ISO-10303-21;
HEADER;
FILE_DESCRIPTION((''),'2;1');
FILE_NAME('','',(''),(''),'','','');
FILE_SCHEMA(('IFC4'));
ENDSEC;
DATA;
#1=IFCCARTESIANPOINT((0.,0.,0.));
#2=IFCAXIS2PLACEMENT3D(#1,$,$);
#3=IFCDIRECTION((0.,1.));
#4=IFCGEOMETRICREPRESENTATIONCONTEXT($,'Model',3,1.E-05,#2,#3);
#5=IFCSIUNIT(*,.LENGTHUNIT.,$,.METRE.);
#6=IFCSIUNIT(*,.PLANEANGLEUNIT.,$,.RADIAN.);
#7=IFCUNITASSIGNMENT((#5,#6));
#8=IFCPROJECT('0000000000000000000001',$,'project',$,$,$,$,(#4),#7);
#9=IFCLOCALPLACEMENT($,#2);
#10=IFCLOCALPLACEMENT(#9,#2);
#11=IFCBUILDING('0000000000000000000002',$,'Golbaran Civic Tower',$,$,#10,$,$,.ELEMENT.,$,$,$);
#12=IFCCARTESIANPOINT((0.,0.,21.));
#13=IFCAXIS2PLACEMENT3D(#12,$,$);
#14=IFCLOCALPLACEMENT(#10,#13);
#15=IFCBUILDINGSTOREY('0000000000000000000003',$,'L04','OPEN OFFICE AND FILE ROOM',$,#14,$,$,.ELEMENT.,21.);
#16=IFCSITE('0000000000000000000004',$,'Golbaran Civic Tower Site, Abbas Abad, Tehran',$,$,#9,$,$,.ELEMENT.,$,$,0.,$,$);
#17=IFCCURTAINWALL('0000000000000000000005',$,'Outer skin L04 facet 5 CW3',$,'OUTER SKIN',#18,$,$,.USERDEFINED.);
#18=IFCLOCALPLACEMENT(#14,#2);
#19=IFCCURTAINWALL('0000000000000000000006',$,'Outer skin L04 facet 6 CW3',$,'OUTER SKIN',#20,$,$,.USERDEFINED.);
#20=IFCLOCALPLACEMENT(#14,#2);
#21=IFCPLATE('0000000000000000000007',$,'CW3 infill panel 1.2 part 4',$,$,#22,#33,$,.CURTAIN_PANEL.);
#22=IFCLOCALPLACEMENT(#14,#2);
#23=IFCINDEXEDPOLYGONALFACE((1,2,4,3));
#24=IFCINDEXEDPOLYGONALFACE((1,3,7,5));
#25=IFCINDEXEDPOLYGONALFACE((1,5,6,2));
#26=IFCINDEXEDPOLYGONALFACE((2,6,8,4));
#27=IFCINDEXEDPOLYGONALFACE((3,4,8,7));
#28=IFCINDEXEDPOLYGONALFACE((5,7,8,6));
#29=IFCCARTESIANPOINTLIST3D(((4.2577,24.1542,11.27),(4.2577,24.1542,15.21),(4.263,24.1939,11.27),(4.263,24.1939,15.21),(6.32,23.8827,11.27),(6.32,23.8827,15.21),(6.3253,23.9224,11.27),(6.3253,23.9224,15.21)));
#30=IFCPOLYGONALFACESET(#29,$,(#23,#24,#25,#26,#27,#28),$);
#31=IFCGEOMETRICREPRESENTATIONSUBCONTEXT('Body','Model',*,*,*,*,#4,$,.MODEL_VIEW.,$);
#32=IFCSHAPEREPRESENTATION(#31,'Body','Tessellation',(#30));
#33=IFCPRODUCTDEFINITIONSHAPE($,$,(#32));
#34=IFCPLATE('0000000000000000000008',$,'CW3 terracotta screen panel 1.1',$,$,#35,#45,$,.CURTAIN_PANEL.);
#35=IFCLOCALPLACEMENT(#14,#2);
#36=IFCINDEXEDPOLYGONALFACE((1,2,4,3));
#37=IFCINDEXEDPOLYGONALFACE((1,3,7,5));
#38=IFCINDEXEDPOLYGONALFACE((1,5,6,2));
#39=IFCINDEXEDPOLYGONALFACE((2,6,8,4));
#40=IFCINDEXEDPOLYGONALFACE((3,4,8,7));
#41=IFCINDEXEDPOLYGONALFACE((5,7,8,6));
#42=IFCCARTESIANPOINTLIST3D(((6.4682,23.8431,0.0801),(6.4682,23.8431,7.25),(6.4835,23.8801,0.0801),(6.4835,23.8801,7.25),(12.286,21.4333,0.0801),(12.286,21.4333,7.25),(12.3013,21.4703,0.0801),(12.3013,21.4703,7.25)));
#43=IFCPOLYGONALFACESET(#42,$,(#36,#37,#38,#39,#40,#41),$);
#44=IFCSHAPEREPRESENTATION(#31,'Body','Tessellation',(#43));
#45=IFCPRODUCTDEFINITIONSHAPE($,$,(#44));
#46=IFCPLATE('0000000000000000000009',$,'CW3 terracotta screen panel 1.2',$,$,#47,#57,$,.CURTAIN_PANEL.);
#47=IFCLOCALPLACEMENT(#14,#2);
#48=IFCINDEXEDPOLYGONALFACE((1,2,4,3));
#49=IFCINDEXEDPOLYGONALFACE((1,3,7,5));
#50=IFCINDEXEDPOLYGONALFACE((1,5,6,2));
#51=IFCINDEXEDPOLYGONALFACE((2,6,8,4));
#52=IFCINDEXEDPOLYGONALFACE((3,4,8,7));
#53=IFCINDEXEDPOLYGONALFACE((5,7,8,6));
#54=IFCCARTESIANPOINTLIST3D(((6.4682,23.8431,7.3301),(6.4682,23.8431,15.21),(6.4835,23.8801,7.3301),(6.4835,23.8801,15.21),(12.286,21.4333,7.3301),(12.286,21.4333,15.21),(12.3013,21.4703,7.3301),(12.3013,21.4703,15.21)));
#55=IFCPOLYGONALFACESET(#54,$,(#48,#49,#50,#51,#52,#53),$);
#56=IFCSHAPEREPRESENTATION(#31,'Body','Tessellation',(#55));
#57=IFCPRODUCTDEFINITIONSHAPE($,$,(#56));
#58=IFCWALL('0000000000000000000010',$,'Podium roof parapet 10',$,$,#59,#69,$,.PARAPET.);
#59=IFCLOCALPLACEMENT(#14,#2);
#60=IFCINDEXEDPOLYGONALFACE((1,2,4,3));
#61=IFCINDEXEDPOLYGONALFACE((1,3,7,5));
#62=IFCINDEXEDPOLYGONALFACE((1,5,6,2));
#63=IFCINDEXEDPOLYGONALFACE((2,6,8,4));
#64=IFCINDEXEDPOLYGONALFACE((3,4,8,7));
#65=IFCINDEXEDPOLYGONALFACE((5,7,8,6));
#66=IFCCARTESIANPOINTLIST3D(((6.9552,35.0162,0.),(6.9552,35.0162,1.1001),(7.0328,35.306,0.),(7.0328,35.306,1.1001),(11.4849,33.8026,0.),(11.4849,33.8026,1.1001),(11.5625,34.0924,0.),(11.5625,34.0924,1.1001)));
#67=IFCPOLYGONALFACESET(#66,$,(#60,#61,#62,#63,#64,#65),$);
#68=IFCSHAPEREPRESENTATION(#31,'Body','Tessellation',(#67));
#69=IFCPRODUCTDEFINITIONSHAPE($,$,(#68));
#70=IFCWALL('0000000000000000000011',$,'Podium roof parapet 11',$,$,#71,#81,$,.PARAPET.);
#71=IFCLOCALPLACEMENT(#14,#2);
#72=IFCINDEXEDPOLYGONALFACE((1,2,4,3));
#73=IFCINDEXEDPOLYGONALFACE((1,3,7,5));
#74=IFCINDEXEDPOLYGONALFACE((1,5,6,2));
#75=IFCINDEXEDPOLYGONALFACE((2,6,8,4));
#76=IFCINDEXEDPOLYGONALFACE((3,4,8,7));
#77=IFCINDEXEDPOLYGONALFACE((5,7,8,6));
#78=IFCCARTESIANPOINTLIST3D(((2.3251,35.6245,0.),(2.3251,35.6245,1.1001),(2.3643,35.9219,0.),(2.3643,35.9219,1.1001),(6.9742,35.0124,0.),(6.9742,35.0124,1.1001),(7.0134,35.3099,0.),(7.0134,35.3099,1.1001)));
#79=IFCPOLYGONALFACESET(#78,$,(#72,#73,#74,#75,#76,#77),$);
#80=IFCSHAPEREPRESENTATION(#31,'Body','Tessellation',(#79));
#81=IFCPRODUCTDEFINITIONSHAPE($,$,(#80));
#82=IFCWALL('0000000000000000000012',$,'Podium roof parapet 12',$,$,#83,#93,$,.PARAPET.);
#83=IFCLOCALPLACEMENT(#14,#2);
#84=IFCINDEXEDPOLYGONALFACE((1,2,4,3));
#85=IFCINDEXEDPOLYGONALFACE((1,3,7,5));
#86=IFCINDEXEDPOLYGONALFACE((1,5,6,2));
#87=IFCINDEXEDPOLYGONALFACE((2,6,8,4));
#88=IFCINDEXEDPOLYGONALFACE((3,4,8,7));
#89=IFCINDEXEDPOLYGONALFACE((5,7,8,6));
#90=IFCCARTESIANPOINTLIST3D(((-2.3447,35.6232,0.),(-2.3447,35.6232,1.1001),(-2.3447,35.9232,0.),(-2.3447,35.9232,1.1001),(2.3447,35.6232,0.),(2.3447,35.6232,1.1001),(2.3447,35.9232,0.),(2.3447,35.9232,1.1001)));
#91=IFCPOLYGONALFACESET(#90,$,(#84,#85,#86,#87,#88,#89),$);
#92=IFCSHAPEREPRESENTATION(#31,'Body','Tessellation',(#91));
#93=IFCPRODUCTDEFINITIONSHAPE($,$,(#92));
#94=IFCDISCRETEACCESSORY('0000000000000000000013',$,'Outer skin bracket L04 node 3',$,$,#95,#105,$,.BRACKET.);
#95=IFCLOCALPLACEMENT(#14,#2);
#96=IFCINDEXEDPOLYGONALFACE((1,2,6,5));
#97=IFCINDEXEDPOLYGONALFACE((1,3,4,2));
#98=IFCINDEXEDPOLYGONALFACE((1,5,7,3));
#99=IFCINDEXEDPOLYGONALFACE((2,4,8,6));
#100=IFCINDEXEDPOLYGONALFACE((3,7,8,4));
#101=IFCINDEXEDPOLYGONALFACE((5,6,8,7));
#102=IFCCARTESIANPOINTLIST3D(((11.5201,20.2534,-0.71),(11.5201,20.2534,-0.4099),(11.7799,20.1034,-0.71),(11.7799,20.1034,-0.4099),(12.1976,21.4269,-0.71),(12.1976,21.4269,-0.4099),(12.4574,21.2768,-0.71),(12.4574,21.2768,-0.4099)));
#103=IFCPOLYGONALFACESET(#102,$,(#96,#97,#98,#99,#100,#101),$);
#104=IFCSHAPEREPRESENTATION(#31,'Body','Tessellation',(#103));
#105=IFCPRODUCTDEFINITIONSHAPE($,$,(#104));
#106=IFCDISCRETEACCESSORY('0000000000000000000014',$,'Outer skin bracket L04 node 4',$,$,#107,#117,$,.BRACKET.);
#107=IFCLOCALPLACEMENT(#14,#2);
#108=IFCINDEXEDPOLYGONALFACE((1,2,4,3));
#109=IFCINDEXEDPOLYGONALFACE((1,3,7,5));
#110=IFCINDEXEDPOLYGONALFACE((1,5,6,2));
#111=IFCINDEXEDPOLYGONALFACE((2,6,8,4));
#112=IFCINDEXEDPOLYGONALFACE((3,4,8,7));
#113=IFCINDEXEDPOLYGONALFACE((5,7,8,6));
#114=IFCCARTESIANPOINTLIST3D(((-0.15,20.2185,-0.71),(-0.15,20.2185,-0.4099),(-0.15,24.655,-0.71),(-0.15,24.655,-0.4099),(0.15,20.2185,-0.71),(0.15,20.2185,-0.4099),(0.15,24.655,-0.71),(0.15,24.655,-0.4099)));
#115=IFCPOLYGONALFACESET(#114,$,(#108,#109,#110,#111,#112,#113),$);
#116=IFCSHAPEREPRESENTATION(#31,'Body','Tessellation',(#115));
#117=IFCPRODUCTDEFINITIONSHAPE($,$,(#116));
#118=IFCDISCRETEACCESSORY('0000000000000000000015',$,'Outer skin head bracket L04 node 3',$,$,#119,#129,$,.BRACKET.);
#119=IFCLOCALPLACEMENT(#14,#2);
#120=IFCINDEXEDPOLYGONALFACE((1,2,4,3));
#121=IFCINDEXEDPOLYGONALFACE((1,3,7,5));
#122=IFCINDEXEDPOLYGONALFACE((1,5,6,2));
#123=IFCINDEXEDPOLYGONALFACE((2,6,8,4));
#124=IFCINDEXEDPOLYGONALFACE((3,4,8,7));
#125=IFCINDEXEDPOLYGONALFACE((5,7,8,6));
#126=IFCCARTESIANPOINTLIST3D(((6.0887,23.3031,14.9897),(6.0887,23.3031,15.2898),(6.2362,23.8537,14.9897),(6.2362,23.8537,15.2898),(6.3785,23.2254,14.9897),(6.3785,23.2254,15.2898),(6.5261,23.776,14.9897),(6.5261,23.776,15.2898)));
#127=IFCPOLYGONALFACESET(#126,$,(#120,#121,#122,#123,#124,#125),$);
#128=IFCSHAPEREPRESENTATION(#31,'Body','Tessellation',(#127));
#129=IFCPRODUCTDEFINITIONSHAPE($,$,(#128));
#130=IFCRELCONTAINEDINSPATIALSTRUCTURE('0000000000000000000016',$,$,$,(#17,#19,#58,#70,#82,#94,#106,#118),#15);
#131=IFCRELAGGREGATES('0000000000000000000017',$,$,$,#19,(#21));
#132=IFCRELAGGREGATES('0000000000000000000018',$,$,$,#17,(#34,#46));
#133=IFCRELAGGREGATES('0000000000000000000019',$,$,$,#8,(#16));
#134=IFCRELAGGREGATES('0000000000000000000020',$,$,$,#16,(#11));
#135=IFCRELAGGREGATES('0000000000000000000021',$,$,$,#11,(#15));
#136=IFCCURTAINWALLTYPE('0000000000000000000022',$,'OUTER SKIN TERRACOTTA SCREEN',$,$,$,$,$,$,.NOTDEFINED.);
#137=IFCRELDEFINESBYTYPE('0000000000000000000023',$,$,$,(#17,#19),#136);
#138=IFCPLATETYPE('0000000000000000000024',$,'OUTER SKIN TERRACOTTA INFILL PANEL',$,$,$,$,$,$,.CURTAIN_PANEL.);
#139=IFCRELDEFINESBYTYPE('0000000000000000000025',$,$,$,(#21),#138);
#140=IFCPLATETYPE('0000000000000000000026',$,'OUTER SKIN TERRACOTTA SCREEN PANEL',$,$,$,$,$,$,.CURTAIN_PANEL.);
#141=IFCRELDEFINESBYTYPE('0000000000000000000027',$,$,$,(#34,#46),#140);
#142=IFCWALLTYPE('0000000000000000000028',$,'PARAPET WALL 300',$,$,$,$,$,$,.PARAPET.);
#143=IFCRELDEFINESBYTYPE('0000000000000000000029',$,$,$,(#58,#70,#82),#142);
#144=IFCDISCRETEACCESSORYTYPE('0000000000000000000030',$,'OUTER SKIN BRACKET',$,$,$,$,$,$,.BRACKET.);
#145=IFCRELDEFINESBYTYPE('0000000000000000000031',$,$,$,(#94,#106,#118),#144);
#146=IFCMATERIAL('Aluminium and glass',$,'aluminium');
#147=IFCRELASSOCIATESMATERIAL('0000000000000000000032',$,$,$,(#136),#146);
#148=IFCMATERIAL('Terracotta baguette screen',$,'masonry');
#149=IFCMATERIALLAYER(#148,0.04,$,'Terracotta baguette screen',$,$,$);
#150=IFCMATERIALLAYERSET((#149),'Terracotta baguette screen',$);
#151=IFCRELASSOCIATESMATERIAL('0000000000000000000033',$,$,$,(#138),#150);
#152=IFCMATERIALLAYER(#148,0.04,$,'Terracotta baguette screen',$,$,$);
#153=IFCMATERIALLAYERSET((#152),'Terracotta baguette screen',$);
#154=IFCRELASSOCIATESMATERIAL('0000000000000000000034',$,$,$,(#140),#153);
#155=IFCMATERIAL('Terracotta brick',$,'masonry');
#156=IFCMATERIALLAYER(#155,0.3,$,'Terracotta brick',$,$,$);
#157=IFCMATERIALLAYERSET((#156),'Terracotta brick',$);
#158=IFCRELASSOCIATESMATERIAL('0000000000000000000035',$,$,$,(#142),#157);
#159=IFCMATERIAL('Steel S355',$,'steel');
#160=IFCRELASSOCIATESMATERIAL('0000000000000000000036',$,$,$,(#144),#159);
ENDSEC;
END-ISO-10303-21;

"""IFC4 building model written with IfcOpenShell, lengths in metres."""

from ifc_helpers import new_model, si_unit, direction, frame, frame_2d, origin, origin_2d, place, context, subcontext, project, spatial, rectangle, extrude, material, layer, layer_set, type_object, element, aggregate, save


model = new_model("IFC4")

# Units and contexts
model_context = context("Model", 3, precision=1e-05, world=origin(), true_north=direction((0.0, 1.0)))
body_context = subcontext(model_context, "Body", "Model", "MODEL_VIEW")
ifc_project = project(units=[si_unit("LENGTHUNIT", "METRE"), si_unit("PLANEANGLEUNIT", "RADIAN")], contexts=[model_context])

# Site, building, storey
site_placement = place(None, origin())
site = spatial("IfcSite", under=ifc_project, at=site_placement, Name="Golbaran Civic Tower Site, Abbas Abad, Tehran", CompositionType="ELEMENT", RefElevation=0.0)
building_placement = place(site_placement, origin())
building = spatial("IfcBuilding", under=site, at=building_placement, Name="Golbaran Civic Tower", CompositionType="ELEMENT")
storey_placement = place(building_placement, frame((0.0, 0.0, 21.0)))
storey = spatial("IfcBuildingStorey", under=building, at=storey_placement, Name="L04", Description="OPEN OFFICE AND FILE ROOM", CompositionType="ELEMENT", Elevation=21.0)

# Shared definitions
ifc_material_1 = material(Name="Steel S355", Category="steel")

# Shared definitions
ifc_material_2 = material(Name="Aluminium and glass", Category="aluminium")

# Shared definitions
curtain_wall_type_1 = type_object("IfcCurtainWallType", Name="OUTER SKIN TERRACOTTA SCREEN", PredefinedType="NOTDEFINED", material=ifc_material_2)

# Curtain walls
curtain_wall_1_placement = place(storey_placement, origin())
curtain_wall_1 = element("IfcCurtainWall", 1, at=curtain_wall_1_placement, inside=storey, type_object=curtain_wall_type_1, Name="Outer skin L04 facet 5 CW3", ObjectType="OUTER SKIN", PredefinedType="USERDEFINED")
curtain_wall_2_placement = place(storey_placement, origin())
curtain_wall_2 = element("IfcCurtainWall", 2, at=curtain_wall_2_placement, inside=storey, type_object=curtain_wall_type_1, Name="Outer skin L04 facet 6 CW3", ObjectType="OUTER SKIN", PredefinedType="USERDEFINED")

# Plates
ifc_material_3 = material(Name="Terracotta baguette screen", Category="masonry")
ifc_layer_1 = layer(ifc_material_3, 0.04, Name="Terracotta baguette screen")
ifc_layer_set_1 = layer_set([ifc_layer_1], Name="Terracotta baguette screen")
plate_type_1 = type_object("IfcPlateType", Name="OUTER SKIN TERRACOTTA INFILL PANEL", PredefinedType="CURTAIN_PANEL", material=ifc_layer_set_1)
plate_1_placement = place(storey_placement, frame((5.2915, 24.0383, 11.27), z_axis=(0.0, 0.0, 1.0), x_axis=(-0.991445, 0.130526, 0.0)))
plate_1 = element("IfcPlate", 3, at=plate_1_placement, type_object=plate_type_1, Name="CW3 infill panel 1.2 part 4", PredefinedType="CURTAIN_PANEL", context=body_context, shape_type="SweptSolid", body=[
    extrude(rectangle(XDim=2.0801, YDim=0.04, at=origin_2d()), origin(), (0.0, 0.0, 1.0), 3.9399),
])
aggregate(curtain_wall_2, [plate_1])
ifc_layer_2 = layer(ifc_material_3, 0.04, Name="Terracotta baguette screen")
ifc_layer_set_2 = layer_set([ifc_layer_2], Name="Terracotta baguette screen")
plate_type_2 = type_object("IfcPlateType", Name="OUTER SKIN TERRACOTTA SCREEN PANEL", PredefinedType="CURTAIN_PANEL", material=ifc_layer_set_2)
plate_2_placement = place(storey_placement, frame((9.3848, 22.6567, 0.0801), z_axis=(0.0, 0.0, 1.0), x_axis=(-0.92388, 0.382683, 0.0)))
plate_2 = element("IfcPlate", 4, at=plate_2_placement, type_object=plate_type_2, Name="CW3 terracotta screen panel 1.1", PredefinedType="CURTAIN_PANEL", context=body_context, shape_type="SweptSolid", body=[
    extrude(rectangle(XDim=6.2971, YDim=0.04, at=origin_2d()), origin(), (0.0, 0.0, 1.0), 7.1699),
])
plate_3_placement = place(storey_placement, frame((9.3848, 22.6567, 7.3301), z_axis=(0.0, 0.0, 1.0), x_axis=(-0.92388, 0.382683, 0.0)))
plate_3 = element("IfcPlate", 5, at=plate_3_placement, type_object=plate_type_2, Name="CW3 terracotta screen panel 1.2", PredefinedType="CURTAIN_PANEL", context=body_context, shape_type="SweptSolid", body=[
    extrude(rectangle(XDim=6.2971, YDim=0.04, at=origin_2d()), origin(), (0.0, 0.0, 1.0), 7.8799),
])
aggregate(curtain_wall_1, [plate_2, plate_3])

# Walls
ifc_material_4 = material(Name="Terracotta brick", Category="masonry")
ifc_layer_3 = layer(ifc_material_4, 0.3, Name="Terracotta brick")
ifc_layer_set_3 = layer_set([ifc_layer_3], Name="Terracotta brick")
wall_type = type_object("IfcWallType", Name="PARAPET WALL 300", PredefinedType="PARAPET", material=ifc_layer_set_3)
wall_1_placement = place(storey_placement, frame((11.5237, 33.9475, 0.0), z_axis=(0.0, 0.0, 1.0), x_axis=(-0.965933, 0.258793, 0.0)))
element("IfcWall", 6, at=wall_1_placement, inside=storey, type_object=wall_type, Name="Podium roof parapet 10", PredefinedType="PARAPET", context=body_context, shape_type="SweptSolid", body=[
    extrude(rectangle(XDim=4.6895, YDim=0.3, at=frame_2d((2.3447, 0.0))), origin(), (0.0, 0.0, 1.0), 1.1001),
])
wall_2_placement = place(storey_placement, frame((6.9939, 35.1611, 0.0), z_axis=(0.0, 0.0, 1.0), x_axis=(-0.991445, 0.130523, 0.0)))
element("IfcWall", 7, at=wall_2_placement, inside=storey, type_object=wall_type, Name="Podium roof parapet 11", PredefinedType="PARAPET", context=body_context, shape_type="SweptSolid", body=[
    extrude(rectangle(XDim=4.6892, YDim=0.3, at=frame_2d((2.3447, 0.0))), origin(), (0.0, 0.0, 1.0), 1.1001),
])
wall_3_placement = place(storey_placement, frame((2.3447, 35.7732, 0.0), z_axis=(0.0, 0.0, 1.0), x_axis=(-1.0, 0.0, 0.0)))
element("IfcWall", 8, at=wall_3_placement, inside=storey, type_object=wall_type, Name="Podium roof parapet 12", PredefinedType="PARAPET", context=body_context, shape_type="SweptSolid", body=[
    extrude(rectangle(XDim=4.6895, YDim=0.3, at=frame_2d((2.3447, 0.0))), origin(), (0.0, 0.0, 1.0), 1.1001),
])

# Discrete accessories
discrete_accessory_type = type_object("IfcDiscreteAccessoryType", Name="OUTER SKIN BRACKET", PredefinedType="BRACKET", material=ifc_material_1)
discrete_accessory_1_placement = place(storey_placement, frame((11.9888, 20.7651, -0.71), z_axis=(0.0, 0.0, 1.0), x_axis=(0.5, 0.866025, 0.0)))
element("IfcDiscreteAccessory", 9, at=discrete_accessory_1_placement, inside=storey, type_object=discrete_accessory_type, Name="Outer skin bracket L04 node 3", PredefinedType="BRACKET", context=body_context, shape_type="SweptSolid", body=[
    extrude(rectangle(XDim=1.355, YDim=0.3, at=origin_2d()), origin(), (0.0, 0.0, 1.0), 0.3),
])
discrete_accessory_2_placement = place(storey_placement, frame((0.0, 22.4368, -0.71), z_axis=(0.0, 0.0, 1.0), x_axis=(0.0, 1.0, 0.0)))
element("IfcDiscreteAccessory", 10, at=discrete_accessory_2_placement, inside=storey, type_object=discrete_accessory_type, Name="Outer skin bracket L04 node 4", PredefinedType="BRACKET", context=body_context, shape_type="SweptSolid", body=[
    extrude(rectangle(XDim=4.4365, YDim=0.3, at=origin_2d()), origin(), (0.0, 0.0, 1.0), 0.3),
])
discrete_accessory_3_placement = place(storey_placement, frame((6.3074, 23.5396, 14.9897), z_axis=(0.0, 0.0, 1.0), x_axis=(0.258819, 0.965926, 0.0)))
element("IfcDiscreteAccessory", 11, at=discrete_accessory_3_placement, inside=storey, type_object=discrete_accessory_type, Name="Outer skin head bracket L04 node 3", PredefinedType="BRACKET", context=body_context, shape_type="SweptSolid", body=[
    extrude(rectangle(XDim=0.5701, YDim=0.3, at=origin_2d()), origin(), (0.0, 0.0, 1.0), 0.3),
])

save(model, "model.ifc")
